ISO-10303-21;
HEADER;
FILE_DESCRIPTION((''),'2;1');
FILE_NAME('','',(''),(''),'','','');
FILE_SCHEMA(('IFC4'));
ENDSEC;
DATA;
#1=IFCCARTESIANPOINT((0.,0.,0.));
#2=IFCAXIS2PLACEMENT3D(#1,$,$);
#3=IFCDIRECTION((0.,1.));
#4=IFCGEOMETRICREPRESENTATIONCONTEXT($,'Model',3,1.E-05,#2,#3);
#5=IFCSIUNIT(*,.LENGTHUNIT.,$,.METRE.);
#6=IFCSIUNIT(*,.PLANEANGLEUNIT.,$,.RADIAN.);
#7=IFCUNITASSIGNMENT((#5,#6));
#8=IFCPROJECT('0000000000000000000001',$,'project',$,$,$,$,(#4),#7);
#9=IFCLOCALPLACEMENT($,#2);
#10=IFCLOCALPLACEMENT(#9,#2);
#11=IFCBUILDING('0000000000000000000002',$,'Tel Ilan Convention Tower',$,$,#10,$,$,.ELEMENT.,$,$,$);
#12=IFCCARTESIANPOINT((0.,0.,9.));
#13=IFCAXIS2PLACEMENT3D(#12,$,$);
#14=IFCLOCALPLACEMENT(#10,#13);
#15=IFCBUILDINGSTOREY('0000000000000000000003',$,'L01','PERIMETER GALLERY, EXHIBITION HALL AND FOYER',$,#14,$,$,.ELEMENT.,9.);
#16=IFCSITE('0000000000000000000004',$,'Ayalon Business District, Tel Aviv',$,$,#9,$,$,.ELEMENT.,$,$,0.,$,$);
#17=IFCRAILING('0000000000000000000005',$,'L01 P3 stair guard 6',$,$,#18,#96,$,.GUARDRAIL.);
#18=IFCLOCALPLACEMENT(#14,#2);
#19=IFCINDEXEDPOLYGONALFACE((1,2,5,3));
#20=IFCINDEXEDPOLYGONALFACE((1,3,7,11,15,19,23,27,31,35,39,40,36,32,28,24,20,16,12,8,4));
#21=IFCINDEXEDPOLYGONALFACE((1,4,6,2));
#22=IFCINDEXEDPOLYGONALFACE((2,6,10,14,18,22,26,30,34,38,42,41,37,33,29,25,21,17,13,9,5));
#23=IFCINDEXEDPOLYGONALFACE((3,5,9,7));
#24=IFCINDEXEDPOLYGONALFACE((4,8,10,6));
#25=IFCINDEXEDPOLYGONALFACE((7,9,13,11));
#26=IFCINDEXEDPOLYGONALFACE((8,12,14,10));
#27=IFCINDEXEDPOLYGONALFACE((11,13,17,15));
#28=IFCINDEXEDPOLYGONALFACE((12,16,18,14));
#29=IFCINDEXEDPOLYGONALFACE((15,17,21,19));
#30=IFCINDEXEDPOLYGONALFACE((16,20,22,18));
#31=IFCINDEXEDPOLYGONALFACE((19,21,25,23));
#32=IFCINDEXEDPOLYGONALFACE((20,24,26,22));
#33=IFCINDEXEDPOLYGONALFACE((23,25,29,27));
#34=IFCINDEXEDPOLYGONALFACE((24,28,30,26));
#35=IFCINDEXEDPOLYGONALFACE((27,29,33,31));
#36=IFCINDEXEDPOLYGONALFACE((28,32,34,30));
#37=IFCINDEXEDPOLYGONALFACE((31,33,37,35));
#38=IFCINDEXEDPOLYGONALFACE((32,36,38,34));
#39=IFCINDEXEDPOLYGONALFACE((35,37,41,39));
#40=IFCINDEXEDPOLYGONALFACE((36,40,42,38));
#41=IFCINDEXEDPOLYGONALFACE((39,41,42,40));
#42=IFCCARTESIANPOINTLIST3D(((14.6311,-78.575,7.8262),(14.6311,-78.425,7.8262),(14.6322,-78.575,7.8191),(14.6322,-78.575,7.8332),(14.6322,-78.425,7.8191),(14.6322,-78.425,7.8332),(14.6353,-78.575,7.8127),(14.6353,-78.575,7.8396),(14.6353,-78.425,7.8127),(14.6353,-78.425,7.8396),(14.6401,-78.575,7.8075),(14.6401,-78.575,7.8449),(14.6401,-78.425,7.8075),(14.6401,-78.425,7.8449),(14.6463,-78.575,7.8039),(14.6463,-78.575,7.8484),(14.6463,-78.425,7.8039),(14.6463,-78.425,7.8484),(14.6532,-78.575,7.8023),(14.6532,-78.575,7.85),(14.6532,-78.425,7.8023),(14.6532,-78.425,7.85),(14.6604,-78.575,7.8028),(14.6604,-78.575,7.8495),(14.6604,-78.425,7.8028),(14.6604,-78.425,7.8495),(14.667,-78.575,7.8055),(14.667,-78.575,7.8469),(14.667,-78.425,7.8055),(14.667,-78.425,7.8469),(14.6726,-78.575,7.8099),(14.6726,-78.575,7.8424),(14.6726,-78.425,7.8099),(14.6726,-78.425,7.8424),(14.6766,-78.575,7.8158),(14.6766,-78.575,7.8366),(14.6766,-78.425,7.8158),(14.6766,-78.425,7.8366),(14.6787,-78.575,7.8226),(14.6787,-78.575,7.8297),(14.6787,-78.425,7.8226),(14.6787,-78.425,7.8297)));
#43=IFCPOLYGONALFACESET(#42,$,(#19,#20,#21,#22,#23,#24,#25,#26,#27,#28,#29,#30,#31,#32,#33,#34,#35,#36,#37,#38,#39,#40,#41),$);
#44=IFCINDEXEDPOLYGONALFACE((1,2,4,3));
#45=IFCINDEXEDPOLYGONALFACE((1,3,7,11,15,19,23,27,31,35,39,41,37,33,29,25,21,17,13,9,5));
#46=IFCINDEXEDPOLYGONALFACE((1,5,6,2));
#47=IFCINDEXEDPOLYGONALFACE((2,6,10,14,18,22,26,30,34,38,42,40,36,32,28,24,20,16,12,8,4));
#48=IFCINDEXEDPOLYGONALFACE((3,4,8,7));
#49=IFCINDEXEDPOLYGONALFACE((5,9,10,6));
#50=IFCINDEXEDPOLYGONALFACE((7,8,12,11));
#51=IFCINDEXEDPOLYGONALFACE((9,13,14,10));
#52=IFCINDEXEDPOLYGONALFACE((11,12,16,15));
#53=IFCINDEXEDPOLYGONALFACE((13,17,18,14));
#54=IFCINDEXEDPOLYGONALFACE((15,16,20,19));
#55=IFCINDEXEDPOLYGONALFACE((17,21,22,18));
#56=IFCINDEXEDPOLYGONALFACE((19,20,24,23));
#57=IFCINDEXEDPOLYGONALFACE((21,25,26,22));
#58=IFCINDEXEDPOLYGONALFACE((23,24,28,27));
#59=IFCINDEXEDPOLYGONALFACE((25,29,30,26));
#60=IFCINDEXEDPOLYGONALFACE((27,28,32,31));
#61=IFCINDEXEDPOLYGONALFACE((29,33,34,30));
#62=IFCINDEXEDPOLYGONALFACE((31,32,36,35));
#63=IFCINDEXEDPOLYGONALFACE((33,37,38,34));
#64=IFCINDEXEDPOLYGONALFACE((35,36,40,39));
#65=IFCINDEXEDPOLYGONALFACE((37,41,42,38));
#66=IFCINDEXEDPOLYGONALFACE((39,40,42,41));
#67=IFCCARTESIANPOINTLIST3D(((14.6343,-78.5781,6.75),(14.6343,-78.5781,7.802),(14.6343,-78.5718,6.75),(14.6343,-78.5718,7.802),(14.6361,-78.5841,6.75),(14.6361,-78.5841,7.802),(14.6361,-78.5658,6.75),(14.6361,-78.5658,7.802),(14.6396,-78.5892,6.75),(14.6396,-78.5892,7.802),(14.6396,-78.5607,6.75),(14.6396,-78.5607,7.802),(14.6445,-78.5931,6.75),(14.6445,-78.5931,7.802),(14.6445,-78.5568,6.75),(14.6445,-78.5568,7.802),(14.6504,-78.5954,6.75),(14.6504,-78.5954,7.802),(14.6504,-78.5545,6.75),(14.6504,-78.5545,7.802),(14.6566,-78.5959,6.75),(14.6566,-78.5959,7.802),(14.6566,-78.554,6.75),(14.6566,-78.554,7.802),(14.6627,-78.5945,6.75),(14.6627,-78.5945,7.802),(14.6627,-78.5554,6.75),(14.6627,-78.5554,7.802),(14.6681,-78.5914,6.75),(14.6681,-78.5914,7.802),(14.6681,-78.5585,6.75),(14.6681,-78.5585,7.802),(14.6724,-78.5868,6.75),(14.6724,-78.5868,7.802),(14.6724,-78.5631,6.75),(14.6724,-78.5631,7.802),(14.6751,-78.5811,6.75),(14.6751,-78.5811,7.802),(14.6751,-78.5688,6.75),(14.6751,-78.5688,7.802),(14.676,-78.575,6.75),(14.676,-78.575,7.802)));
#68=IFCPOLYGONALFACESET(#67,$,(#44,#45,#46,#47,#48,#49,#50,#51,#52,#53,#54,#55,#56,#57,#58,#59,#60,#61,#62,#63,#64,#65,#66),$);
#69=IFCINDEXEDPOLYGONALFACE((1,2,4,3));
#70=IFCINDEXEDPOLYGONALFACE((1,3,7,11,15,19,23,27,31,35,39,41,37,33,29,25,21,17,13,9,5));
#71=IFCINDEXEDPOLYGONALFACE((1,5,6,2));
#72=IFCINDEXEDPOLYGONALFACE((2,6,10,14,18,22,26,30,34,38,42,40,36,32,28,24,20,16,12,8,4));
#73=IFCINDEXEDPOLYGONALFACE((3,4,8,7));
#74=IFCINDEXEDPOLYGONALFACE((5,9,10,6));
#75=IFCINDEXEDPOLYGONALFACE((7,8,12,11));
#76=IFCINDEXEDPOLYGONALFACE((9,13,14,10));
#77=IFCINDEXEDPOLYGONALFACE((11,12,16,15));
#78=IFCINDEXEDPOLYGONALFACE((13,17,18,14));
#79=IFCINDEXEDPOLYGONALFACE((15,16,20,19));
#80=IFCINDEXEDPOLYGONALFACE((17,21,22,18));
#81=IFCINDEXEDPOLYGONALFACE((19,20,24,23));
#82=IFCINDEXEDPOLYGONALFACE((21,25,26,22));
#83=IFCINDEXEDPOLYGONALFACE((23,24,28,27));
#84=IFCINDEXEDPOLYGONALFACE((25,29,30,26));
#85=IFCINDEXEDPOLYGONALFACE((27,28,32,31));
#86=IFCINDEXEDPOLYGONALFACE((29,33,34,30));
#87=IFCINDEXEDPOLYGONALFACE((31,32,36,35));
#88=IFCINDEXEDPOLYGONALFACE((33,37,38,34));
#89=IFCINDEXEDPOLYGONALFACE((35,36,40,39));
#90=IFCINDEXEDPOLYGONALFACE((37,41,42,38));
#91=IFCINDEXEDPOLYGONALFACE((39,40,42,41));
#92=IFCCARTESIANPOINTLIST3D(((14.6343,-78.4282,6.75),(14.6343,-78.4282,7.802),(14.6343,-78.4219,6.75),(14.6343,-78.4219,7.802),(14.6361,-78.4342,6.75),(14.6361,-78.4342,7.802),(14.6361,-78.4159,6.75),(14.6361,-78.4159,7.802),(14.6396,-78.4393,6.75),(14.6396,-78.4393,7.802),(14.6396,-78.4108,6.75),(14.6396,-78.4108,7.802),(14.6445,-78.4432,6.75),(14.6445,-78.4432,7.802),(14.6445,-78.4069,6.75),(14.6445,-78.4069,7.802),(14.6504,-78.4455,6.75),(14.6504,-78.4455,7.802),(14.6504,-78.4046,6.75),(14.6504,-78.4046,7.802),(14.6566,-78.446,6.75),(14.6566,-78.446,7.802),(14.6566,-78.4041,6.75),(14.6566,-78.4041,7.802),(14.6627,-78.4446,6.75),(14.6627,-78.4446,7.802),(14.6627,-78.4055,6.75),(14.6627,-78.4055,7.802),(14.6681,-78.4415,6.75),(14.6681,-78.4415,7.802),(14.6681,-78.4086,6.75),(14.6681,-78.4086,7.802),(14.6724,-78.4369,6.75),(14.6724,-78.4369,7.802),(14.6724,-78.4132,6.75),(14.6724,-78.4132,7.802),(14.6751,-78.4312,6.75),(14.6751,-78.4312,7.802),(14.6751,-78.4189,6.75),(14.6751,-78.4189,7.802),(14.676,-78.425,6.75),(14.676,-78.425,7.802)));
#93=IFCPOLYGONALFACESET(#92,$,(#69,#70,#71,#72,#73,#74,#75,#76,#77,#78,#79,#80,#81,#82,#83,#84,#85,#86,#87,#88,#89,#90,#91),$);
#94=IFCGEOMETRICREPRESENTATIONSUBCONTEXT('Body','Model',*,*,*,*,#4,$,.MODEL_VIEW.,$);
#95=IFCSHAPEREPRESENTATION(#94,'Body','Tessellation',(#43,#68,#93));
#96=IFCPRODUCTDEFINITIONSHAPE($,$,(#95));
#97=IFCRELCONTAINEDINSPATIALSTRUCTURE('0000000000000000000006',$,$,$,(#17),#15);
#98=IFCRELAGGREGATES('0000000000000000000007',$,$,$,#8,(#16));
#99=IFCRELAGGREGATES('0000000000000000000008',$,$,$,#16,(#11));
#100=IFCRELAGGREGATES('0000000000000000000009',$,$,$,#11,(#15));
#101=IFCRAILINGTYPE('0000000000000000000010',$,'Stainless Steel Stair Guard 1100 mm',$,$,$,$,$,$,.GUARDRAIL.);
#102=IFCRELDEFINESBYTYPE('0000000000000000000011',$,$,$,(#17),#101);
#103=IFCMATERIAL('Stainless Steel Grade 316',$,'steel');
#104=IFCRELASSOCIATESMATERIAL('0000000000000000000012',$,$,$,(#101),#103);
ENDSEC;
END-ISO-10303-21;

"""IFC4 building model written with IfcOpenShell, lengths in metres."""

from ifc_helpers import new_model, si_unit, direction, frame, origin, origin_2d, place, context, subcontext, project, spatial, circle, extrude, material, type_object, element, save


model = new_model("IFC4")

# Units and contexts
model_context = context("Model", 3, precision=1e-05, world=origin(), true_north=direction((0.0, 1.0)))
body_context = subcontext(model_context, "Body", "Model", "MODEL_VIEW")
ifc_project = project(units=[si_unit("LENGTHUNIT", "METRE"), si_unit("PLANEANGLEUNIT", "RADIAN")], contexts=[model_context])

# Site, building, storey
site_placement = place(None, origin())
site = spatial("IfcSite", under=ifc_project, at=site_placement, Name="Ayalon Business District, Tel Aviv", CompositionType="ELEMENT", RefElevation=0.0)
building_placement = place(site_placement, origin())
building = spatial("IfcBuilding", under=site, at=building_placement, Name="Tel Ilan Convention Tower", CompositionType="ELEMENT")
storey_placement = place(building_placement, frame((0.0, 0.0, 9.0)))
storey = spatial("IfcBuildingStorey", under=building, at=storey_placement, Name="L01", Description="PERIMETER GALLERY, EXHIBITION HALL AND FOYER", CompositionType="ELEMENT", Elevation=9.0)

# Railing
ifc_material_1 = material(Name="Stainless Steel Grade 316", Category="steel")
railing_type_1 = type_object("IfcRailingType", Name="Stainless Steel Stair Guard 1100 mm", PredefinedType="GUARDRAIL", material=ifc_material_1)
railing_1_placement = place(storey_placement, frame((14.655, -78.575, 6.75)))
element("IfcRailing", 1, at=railing_1_placement, inside=storey, type_object=railing_type_1, Name="L01 P3 stair guard 6", PredefinedType="GUARDRAIL", context=body_context, shape_type="SweptSolid", body=[
    extrude(circle(Radius=0.0239, at=origin_2d()), frame((0.0, 0.0, 1.0762), z_axis=(0.0, 1.0, 0.0), x_axis=(-1.0, 0.0, 0.0)), (0.0, 0.0, 1.0), 0.1499),
    extrude(circle(Radius=0.021, at=origin_2d()), origin(), (0.0, 0.0, 1.0), 1.052),
    extrude(circle(Radius=0.021, at=origin_2d()), frame((0.0, 0.1499, 0.0)), (0.0, 0.0, 1.0), 1.052),
])

save(model, "model.ifc")
